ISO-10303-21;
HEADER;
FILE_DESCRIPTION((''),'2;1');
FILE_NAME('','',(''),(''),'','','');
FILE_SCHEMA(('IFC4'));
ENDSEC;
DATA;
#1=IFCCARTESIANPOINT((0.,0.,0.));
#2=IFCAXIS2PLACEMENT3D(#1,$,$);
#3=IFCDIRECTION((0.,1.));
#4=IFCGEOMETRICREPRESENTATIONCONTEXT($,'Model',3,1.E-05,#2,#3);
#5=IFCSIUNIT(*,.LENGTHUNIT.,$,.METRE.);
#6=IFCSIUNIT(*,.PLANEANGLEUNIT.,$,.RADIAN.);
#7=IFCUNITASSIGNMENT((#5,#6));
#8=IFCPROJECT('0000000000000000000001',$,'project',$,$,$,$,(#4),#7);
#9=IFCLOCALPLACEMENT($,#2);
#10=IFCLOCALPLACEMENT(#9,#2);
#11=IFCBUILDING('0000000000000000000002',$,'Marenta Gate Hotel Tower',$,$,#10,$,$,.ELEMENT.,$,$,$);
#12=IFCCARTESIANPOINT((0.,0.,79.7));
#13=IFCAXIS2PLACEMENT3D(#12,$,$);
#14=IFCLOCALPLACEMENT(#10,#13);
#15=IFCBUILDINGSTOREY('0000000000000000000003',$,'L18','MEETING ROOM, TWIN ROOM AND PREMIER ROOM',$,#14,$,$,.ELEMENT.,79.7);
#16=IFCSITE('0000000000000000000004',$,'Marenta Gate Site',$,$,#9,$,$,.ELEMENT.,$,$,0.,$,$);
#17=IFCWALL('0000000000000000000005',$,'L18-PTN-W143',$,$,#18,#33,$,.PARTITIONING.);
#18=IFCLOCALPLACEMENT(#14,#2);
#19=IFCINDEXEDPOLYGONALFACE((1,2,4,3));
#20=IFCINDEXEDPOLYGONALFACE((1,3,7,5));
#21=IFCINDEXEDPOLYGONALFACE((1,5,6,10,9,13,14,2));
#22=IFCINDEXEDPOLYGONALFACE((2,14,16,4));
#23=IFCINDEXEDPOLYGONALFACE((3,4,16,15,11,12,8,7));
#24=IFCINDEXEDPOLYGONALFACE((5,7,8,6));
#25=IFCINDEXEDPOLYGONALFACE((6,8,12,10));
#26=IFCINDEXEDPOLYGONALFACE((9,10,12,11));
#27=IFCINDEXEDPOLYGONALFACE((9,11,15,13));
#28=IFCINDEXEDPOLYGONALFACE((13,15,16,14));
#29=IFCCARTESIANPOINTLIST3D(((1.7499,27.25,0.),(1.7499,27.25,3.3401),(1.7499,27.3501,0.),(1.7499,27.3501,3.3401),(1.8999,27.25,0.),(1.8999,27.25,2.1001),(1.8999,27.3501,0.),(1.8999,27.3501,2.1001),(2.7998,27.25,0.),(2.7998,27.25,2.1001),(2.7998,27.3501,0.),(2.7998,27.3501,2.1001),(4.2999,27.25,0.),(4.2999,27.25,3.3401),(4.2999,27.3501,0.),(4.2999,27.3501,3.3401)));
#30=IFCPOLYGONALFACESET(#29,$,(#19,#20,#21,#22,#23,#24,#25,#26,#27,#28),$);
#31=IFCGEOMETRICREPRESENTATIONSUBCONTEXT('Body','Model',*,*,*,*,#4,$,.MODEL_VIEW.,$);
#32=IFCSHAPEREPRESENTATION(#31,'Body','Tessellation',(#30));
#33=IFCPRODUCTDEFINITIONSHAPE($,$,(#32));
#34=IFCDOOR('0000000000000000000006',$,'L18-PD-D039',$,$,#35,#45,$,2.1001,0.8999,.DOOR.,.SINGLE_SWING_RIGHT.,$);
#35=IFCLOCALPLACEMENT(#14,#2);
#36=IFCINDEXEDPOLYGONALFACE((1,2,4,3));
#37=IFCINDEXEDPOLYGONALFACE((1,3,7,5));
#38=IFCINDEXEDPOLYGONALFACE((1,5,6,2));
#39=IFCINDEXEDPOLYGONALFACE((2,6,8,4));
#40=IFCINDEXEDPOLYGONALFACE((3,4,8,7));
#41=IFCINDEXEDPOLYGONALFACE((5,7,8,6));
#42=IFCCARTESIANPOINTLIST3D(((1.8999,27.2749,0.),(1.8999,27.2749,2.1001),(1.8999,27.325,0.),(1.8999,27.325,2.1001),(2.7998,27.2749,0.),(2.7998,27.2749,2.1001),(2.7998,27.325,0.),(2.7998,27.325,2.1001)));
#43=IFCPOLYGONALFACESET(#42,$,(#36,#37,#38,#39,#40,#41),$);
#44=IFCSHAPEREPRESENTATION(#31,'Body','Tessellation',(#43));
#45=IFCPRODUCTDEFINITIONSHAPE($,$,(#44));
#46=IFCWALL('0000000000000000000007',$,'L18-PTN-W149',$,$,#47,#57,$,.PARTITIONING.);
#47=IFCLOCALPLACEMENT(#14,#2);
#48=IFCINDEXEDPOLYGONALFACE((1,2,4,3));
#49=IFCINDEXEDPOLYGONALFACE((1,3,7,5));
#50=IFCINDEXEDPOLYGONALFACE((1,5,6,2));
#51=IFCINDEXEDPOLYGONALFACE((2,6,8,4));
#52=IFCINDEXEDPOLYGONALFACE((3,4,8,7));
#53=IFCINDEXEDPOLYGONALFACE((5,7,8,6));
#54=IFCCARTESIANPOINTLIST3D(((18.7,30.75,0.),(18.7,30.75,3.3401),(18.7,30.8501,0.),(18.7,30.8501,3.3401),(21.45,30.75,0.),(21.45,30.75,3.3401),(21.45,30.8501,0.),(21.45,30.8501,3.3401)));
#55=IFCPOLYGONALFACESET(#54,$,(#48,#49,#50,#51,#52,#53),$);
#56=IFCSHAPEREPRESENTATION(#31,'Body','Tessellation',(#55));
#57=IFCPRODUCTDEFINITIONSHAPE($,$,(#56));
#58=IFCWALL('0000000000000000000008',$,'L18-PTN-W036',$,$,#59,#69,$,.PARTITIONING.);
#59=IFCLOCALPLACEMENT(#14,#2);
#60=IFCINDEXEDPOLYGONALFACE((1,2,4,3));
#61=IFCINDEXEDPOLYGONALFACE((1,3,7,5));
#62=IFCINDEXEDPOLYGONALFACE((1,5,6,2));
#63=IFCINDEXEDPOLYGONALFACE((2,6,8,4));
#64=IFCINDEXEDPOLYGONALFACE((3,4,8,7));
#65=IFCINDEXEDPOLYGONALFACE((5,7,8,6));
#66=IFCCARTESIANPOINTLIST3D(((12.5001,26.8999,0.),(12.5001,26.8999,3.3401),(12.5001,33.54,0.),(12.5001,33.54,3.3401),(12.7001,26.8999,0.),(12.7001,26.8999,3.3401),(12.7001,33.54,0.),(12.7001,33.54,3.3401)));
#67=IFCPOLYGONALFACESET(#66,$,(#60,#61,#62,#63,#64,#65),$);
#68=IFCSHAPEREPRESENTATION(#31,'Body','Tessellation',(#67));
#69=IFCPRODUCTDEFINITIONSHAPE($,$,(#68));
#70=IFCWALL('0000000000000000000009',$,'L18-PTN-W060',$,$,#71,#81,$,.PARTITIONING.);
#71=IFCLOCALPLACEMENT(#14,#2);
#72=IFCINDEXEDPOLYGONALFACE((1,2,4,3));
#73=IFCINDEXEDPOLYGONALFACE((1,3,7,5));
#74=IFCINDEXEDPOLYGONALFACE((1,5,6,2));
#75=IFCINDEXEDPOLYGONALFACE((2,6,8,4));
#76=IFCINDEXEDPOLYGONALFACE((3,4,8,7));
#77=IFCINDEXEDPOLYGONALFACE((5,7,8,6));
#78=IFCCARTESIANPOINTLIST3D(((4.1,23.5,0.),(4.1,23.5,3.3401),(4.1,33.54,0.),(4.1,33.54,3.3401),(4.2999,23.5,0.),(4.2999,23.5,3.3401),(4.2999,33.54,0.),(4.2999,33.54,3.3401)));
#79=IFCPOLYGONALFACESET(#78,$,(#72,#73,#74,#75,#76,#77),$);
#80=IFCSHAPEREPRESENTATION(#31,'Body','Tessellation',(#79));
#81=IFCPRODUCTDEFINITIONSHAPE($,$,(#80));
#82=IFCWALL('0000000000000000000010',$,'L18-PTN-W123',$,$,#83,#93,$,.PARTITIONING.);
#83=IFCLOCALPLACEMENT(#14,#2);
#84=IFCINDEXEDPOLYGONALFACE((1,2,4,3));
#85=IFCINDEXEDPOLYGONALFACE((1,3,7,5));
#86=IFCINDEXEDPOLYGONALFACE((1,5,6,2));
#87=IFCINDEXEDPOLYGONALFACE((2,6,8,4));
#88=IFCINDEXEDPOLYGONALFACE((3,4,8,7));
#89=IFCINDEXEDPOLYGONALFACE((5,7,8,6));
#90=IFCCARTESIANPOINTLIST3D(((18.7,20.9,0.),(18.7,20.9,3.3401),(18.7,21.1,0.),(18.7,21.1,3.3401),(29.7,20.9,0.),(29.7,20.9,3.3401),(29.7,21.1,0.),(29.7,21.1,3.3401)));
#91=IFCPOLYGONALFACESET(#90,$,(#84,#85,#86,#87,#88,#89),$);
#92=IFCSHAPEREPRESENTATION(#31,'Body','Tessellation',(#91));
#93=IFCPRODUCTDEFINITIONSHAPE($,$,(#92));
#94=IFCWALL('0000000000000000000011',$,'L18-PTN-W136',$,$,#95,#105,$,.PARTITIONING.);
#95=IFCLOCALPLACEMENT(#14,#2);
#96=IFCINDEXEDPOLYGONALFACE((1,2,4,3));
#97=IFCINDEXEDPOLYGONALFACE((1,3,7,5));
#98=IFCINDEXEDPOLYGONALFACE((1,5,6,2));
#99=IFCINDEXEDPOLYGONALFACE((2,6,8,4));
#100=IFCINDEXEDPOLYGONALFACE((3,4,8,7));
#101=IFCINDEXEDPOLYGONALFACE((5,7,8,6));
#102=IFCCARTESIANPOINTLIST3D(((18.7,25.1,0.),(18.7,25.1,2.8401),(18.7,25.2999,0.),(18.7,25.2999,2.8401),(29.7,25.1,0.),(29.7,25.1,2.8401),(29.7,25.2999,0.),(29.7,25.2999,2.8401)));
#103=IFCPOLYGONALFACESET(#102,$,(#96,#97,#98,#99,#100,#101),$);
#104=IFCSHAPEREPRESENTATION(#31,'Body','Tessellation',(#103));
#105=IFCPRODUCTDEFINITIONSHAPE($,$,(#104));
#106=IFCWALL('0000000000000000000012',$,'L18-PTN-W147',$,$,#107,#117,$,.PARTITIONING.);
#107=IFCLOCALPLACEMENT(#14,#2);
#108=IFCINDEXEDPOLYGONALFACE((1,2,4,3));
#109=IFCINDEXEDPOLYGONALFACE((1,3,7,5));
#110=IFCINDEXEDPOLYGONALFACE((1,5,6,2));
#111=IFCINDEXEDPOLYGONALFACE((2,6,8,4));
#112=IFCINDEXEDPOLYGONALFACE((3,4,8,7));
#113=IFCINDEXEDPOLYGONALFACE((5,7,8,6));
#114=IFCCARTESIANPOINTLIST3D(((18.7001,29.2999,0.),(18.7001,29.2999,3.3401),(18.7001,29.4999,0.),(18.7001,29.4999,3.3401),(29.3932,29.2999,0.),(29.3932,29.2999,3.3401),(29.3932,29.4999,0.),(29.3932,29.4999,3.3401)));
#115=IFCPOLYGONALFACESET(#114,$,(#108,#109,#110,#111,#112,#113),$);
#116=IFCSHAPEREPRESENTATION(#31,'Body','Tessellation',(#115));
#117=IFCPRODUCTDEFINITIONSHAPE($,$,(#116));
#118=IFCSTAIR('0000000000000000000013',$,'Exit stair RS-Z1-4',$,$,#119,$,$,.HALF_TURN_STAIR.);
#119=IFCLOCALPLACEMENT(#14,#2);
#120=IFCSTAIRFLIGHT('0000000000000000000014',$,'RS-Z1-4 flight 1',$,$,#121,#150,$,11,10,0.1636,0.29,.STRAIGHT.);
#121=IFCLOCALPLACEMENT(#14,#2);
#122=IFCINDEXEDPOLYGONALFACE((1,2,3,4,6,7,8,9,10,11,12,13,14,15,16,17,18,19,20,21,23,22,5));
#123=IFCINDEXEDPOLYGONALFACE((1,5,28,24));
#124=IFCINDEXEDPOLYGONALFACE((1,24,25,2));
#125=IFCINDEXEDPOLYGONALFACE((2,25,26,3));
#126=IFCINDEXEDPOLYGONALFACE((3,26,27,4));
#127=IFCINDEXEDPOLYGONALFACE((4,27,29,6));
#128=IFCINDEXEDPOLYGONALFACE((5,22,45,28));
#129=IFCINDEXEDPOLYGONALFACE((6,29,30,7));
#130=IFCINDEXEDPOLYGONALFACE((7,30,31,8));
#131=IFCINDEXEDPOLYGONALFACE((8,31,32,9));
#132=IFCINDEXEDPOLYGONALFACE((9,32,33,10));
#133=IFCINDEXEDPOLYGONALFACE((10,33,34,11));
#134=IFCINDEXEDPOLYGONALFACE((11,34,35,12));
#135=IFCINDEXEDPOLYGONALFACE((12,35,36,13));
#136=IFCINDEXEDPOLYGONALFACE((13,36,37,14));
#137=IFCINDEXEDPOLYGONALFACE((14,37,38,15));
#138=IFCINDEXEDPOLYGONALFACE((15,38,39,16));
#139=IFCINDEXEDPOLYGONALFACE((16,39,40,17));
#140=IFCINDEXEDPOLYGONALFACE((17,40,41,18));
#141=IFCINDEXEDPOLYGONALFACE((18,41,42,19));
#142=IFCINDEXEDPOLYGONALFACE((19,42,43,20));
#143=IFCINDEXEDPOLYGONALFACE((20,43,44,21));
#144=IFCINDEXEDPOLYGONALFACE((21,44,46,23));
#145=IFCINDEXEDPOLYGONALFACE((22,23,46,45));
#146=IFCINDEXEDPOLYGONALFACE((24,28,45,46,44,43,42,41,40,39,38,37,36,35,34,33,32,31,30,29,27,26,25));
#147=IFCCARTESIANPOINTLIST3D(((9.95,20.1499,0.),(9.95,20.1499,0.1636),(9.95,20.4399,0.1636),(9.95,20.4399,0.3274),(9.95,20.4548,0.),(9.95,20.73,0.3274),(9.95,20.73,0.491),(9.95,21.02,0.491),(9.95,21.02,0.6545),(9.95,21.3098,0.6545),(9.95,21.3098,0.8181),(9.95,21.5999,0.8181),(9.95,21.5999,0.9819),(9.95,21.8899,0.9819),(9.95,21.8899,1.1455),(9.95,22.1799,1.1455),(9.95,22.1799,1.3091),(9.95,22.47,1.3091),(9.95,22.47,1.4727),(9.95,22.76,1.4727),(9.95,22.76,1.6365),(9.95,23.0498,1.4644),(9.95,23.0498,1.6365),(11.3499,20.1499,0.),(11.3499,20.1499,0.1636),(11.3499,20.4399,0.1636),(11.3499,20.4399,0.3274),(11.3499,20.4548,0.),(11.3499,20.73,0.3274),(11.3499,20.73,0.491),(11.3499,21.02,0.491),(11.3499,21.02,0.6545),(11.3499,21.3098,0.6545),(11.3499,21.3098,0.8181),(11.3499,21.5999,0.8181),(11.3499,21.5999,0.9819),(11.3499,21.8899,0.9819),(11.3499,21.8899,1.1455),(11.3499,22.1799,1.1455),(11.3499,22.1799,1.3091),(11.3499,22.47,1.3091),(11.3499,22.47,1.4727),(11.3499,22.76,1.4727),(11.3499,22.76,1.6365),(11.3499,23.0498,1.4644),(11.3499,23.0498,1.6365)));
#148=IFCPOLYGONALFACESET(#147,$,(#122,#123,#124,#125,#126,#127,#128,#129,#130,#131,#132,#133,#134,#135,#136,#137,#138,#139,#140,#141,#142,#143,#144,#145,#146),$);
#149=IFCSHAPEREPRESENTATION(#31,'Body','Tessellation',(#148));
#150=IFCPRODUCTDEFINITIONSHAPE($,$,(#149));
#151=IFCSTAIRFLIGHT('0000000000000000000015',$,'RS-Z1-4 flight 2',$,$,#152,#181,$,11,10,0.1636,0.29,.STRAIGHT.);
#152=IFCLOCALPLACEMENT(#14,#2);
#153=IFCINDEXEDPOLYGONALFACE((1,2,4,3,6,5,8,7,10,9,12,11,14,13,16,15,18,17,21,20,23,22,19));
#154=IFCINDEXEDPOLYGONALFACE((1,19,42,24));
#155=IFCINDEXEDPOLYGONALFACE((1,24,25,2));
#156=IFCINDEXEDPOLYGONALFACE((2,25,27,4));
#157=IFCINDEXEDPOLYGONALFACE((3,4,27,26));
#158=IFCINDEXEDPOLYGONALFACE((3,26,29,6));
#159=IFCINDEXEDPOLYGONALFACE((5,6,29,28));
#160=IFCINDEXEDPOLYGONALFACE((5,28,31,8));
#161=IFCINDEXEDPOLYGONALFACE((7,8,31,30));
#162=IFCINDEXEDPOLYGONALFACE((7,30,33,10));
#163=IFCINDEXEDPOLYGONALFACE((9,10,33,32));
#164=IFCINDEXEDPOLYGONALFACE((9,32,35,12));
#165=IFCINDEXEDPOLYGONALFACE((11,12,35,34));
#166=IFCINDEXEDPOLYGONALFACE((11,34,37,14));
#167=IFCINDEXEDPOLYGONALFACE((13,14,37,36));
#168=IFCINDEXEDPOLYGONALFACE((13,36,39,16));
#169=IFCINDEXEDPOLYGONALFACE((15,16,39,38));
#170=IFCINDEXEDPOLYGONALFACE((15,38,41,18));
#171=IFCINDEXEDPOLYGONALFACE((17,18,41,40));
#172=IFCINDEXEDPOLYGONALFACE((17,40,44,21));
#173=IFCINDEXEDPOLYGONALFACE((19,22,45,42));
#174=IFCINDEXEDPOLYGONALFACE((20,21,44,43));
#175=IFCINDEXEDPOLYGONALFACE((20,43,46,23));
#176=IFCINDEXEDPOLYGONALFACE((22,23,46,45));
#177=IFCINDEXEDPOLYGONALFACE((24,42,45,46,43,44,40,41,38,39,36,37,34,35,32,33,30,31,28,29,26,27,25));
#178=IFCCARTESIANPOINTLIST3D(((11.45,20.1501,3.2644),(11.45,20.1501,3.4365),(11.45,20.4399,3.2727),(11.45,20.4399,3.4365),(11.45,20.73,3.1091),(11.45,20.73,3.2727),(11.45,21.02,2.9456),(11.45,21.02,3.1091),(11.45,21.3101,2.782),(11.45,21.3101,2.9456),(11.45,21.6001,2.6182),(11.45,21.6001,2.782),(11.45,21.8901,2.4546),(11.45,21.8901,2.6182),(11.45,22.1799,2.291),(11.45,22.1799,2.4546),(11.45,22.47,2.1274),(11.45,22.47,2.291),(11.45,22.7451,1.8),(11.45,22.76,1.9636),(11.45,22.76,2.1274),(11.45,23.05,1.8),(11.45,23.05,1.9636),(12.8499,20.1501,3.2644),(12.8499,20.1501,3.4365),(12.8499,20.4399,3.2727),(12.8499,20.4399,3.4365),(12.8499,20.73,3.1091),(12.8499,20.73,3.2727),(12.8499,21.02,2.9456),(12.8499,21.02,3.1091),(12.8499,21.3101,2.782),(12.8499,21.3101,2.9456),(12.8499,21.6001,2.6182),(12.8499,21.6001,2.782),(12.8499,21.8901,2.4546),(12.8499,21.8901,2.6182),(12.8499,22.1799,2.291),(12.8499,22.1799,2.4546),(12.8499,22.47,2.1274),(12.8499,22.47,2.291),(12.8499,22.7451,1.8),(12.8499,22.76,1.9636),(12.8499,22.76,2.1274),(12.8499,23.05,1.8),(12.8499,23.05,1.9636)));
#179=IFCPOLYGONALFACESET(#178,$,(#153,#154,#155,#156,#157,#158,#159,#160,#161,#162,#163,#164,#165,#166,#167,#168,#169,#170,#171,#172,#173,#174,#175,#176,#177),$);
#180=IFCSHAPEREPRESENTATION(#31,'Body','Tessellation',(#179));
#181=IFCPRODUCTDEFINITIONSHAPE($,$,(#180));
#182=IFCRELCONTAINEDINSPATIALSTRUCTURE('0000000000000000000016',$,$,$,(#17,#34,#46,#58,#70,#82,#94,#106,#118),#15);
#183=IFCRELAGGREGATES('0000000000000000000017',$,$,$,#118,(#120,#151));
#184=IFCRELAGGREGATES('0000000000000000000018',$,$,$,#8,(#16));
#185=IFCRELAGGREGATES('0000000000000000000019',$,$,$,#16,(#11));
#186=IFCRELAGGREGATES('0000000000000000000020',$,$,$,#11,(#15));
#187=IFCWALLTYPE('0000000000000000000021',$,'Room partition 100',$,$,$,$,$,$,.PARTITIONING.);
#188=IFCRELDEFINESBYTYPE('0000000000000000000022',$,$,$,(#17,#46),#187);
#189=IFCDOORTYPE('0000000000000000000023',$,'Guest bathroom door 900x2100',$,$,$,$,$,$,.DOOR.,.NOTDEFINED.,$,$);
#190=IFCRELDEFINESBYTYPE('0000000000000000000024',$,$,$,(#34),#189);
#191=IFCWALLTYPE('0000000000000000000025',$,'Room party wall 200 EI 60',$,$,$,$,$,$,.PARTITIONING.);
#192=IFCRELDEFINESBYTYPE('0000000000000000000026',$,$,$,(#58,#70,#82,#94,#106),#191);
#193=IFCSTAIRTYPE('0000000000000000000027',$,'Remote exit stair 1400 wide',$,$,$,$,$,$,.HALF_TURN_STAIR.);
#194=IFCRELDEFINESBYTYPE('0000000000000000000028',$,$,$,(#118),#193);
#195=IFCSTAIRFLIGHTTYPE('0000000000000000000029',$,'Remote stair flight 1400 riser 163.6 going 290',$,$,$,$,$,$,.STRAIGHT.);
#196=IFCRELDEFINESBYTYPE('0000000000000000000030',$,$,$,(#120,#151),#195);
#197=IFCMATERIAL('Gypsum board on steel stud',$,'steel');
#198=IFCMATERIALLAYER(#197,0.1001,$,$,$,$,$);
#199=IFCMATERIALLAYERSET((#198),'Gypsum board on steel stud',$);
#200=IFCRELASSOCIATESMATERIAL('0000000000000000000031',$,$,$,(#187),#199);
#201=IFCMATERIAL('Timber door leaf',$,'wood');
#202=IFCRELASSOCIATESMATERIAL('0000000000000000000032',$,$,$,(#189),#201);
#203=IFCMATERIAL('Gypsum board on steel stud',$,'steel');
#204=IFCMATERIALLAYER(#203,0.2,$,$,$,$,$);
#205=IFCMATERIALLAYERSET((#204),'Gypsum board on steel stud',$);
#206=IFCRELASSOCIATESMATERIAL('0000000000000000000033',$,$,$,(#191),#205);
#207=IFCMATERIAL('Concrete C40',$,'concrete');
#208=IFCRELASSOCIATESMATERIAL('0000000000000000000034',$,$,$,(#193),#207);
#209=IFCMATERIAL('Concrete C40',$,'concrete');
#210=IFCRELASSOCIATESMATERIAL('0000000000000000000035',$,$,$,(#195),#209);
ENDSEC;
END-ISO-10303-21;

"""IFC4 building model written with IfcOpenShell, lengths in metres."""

from ifc_helpers import new_model, si_unit, direction, frame, frame_2d, origin, place, context, subcontext, project, spatial, polyline, rectangle, outline, extrude, material, layer, layer_set, type_object, element, fill, aggregate, save


model = new_model("IFC4")

# Units and contexts
model_context = context("Model", 3, precision=1e-05, world=origin(), true_north=direction((0.0, 1.0)))
body_context = subcontext(model_context, "Body", "Model", "MODEL_VIEW")
ifc_project = project(units=[si_unit("LENGTHUNIT", "METRE"), si_unit("PLANEANGLEUNIT", "RADIAN")], contexts=[model_context])

# Site, building, storey
site_placement = place(None, origin())
site = spatial("IfcSite", under=ifc_project, at=site_placement, Name="Marenta Gate Site", CompositionType="ELEMENT", RefElevation=0.0)
building_placement = place(site_placement, origin())
building = spatial("IfcBuilding", under=site, at=building_placement, Name="Marenta Gate Hotel Tower", CompositionType="ELEMENT")
storey_placement = place(building_placement, frame((0.0, 0.0, 79.7)))
storey = spatial("IfcBuildingStorey", under=building, at=storey_placement, Name="L18", Description="MEETING ROOM, TWIN ROOM AND PREMIER ROOM", CompositionType="ELEMENT", Elevation=79.7)

# Shared definitions
ifc_material_1 = material(Name="Gypsum board on steel stud", Category="steel")
ifc_layer_1 = layer(ifc_material_1, 0.1001)
ifc_layer_set_1 = layer_set([ifc_layer_1], Name="Gypsum board on steel stud")
wall_type_1 = type_object("IfcWallType", Name="Room partition 100", PredefinedType="PARTITIONING", material=ifc_layer_set_1)

# Wall, opening, door
wall_1_placement = place(storey_placement, frame((1.75, 27.3, 0.0), z_axis=(0.0, 0.0, 1.0), x_axis=(1.0, 0.0, 0.0)))
wall_1 = element("IfcWall", 1, at=wall_1_placement, inside=storey, type_object=wall_type_1, Name="L18-PTN-W143", PredefinedType="PARTITIONING", context=body_context, shape_type="SweptSolid", body=[
    extrude(rectangle(XDim=2.55, YDim=0.1001, at=frame_2d((1.2749, 0.0))), origin(), (0.0, 0.0, 1.0), 3.3401),
])
opening_1_placement = place(wall_1_placement, frame((0.1499, 0.0, 0.0)))
opening_1 = element("IfcOpeningElement", 2, at=opening_1_placement, cuts=wall_1, PredefinedType="OPENING", context=body_context, shape_type="SweptSolid", body=[
    extrude(rectangle(XDim=0.8999, YDim=2.1001, at=frame_2d((0.45, 1.05))), frame((0.0, 0.05, 0.0), z_axis=(0.0, -1.0, 0.0), x_axis=(1.0, 0.0, 0.0)), (0.0, 0.0, 1.0), 0.1001),
])
ifc_material_2 = material(Name="Timber door leaf", Category="wood")
door_type_1 = type_object("IfcDoorType", Name="Guest bathroom door 900x2100", OperationType="NOTDEFINED", PredefinedType="DOOR", material=ifc_material_2)
door_1_placement = place(opening_1_placement, origin())
door_1 = element("IfcDoor", 3, at=door_1_placement, inside=storey, type_object=door_type_1, Name="L18-PD-D039", OperationType="SINGLE_SWING_RIGHT", OverallHeight=2.1001, OverallWidth=0.8999, PredefinedType="DOOR", context=body_context, shape_type="SweptSolid", body=[
    extrude(rectangle(XDim=0.8999, YDim=2.1001, at=frame_2d((0.45, 1.05))), frame((0.0, 0.0249, 0.0), z_axis=(0.0, -1.0, 0.0), x_axis=(1.0, 0.0, 0.0)), (0.0, 0.0, 1.0), 0.05),
])
fill(opening_1, door_1)

# Walls
wall_2_placement = place(storey_placement, frame((18.7, 30.8, 0.0), z_axis=(0.0, 0.0, 1.0), x_axis=(1.0, 0.0, 0.0)))
element("IfcWall", 4, at=wall_2_placement, inside=storey, type_object=wall_type_1, Name="L18-PTN-W149", PredefinedType="PARTITIONING", context=body_context, shape_type="SweptSolid", body=[
    extrude(rectangle(XDim=2.75, YDim=0.1001, at=frame_2d((1.375, 0.0))), origin(), (0.0, 0.0, 1.0), 3.3401),
])
ifc_material_3 = material(Name="Gypsum board on steel stud", Category="steel")
ifc_layer_2 = layer(ifc_material_3, 0.2)
ifc_layer_set_2 = layer_set([ifc_layer_2], Name="Gypsum board on steel stud")
wall_type_2 = type_object("IfcWallType", Name="Room party wall 200 EI 60", PredefinedType="PARTITIONING", material=ifc_layer_set_2)
wall_3_placement = place(storey_placement, frame((12.6001, 26.8999, 0.0), z_axis=(0.0, 0.0, 1.0), x_axis=(0.0, 1.0, 0.0)))
element("IfcWall", 5, at=wall_3_placement, inside=storey, type_object=wall_type_2, Name="L18-PTN-W036", PredefinedType="PARTITIONING", context=body_context, shape_type="SweptSolid", body=[
    extrude(rectangle(XDim=6.6401, YDim=0.2, at=frame_2d((3.3201, 0.0))), origin(), (0.0, 0.0, 1.0), 3.3401),
])
wall_4_placement = place(storey_placement, frame((4.2, 23.5, 0.0), z_axis=(0.0, 0.0, 1.0), x_axis=(0.0, 1.0, 0.0)))
element("IfcWall", 6, at=wall_4_placement, inside=storey, type_object=wall_type_2, Name="L18-PTN-W060", PredefinedType="PARTITIONING", context=body_context, shape_type="SweptSolid", body=[
    extrude(rectangle(XDim=10.04, YDim=0.2, at=frame_2d((5.02, 0.0))), origin(), (0.0, 0.0, 1.0), 3.3401),
])
wall_5_placement = place(storey_placement, frame((18.7, 21.0, 0.0), z_axis=(0.0, 0.0, 1.0), x_axis=(1.0, 0.0, 0.0)))
element("IfcWall", 7, at=wall_5_placement, inside=storey, type_object=wall_type_2, Name="L18-PTN-W123", PredefinedType="PARTITIONING", context=body_context, shape_type="SweptSolid", body=[
    extrude(rectangle(XDim=11.0, YDim=0.2, at=frame_2d((5.5, 0.0))), origin(), (0.0, 0.0, 1.0), 3.3401),
])
wall_6_placement = place(storey_placement, frame((18.7, 25.2, 0.0), z_axis=(0.0, 0.0, 1.0), x_axis=(1.0, 0.0, 0.0)))
element("IfcWall", 8, at=wall_6_placement, inside=storey, type_object=wall_type_2, Name="L18-PTN-W136", PredefinedType="PARTITIONING", context=body_context, shape_type="SweptSolid", body=[
    extrude(rectangle(XDim=11.0, YDim=0.2, at=frame_2d((5.5, 0.0))), origin(), (0.0, 0.0, 1.0), 2.8401),
])
wall_7_placement = place(storey_placement, frame((18.7, 29.3999, 0.0), z_axis=(0.0, 0.0, 1.0), x_axis=(1.0, 0.0, 0.0)))
element("IfcWall", 9, at=wall_7_placement, inside=storey, type_object=wall_type_2, Name="L18-PTN-W147", PredefinedType="PARTITIONING", context=body_context, shape_type="SweptSolid", body=[
    extrude(rectangle(XDim=10.6931, YDim=0.2, at=frame_2d((5.3467, 0.0))), origin(), (0.0, 0.0, 1.0), 3.3401),
])

# Stair, stair flights
ifc_material_4 = material(Name="Concrete C40", Category="concrete")
stair_type = type_object("IfcStairType", Name="Remote exit stair 1400 wide", PredefinedType="HALF_TURN_STAIR", material=ifc_material_4)
stair_placement = place(storey_placement, origin())
stair = element("IfcStair", 10, at=stair_placement, inside=storey, type_object=stair_type, Name="Exit stair RS-Z1-4", PredefinedType="HALF_TURN_STAIR")
ifc_material_5 = material(Name="Concrete C40", Category="concrete")
stair_flight_type = type_object("IfcStairFlightType", Name="Remote stair flight 1400 riser 163.6 going 290", PredefinedType="STRAIGHT", material=ifc_material_5)
stair_flight_1_placement = place(storey_placement, frame((10.6499, 20.1499, 0.0), z_axis=(0.0, 0.0, 1.0), x_axis=(0.0, 1.0, 0.0)))
stair_flight_1 = element("IfcStairFlight", 11, at=stair_flight_1_placement, type_object=stair_flight_type, Name="RS-Z1-4 flight 1", NumberOfRisers=11, NumberOfTreads=10, PredefinedType="STRAIGHT", RiserHeight=0.1636, TreadLength=0.29, context=body_context, shape_type="SweptSolid", body=[
    extrude(outline(polyline([(0.0, 0.0), (0.0, 0.1636), (0.29, 0.1636), (0.29, 0.3274), (0.5801, 0.3274), (0.5801, 0.491), (0.8701, 0.491), (0.8701, 0.6545), (1.1599, 0.6545), (1.1599, 0.8181), (1.45, 0.8181), (1.45, 0.9819), (1.74, 0.9819), (1.74, 1.1455), (2.03, 1.1455), (2.03, 1.3091), (2.3201, 1.3091), (2.3201, 1.4727), (2.6101, 1.4727), (2.6101, 1.6365), (2.8999, 1.6365), (2.8999, 1.8), (2.8999, 1.4644), (0.3049, 0.0), (0.0, 0.0)])), frame((0.0, 0.7, 0.0), z_axis=(0.0, -1.0, 0.0), x_axis=(1.0, 0.0, 0.0)), (0.0, 0.0, 1.0), 1.3999),
])
stair_flight_2_placement = place(storey_placement, frame((12.1499, 23.05, 1.8), z_axis=(0.0, 0.0, 1.0), x_axis=(0.0, -1.0, 0.0)))
stair_flight_2 = element("IfcStairFlight", 12, at=stair_flight_2_placement, type_object=stair_flight_type, Name="RS-Z1-4 flight 2", NumberOfRisers=11, NumberOfTreads=10, PredefinedType="STRAIGHT", RiserHeight=0.1636, TreadLength=0.29, context=body_context, shape_type="SweptSolid", body=[
    extrude(outline(polyline([(0.0, 0.0), (0.0, 0.1636), (0.29, 0.1636), (0.29, 0.3274), (0.5801, 0.3274), (0.5801, 0.491), (0.8701, 0.491), (0.8701, 0.6545), (1.1599, 0.6545), (1.1599, 0.8181), (1.45, 0.8181), (1.45, 0.9819), (1.74, 0.9819), (1.74, 1.1455), (2.03, 1.1455), (2.03, 1.3091), (2.3201, 1.3091), (2.3201, 1.4727), (2.6101, 1.4727), (2.6101, 1.6365), (2.8999, 1.6365), (2.8999, 1.8), (2.8999, 1.4644), (0.3049, 0.0), (0.0, 0.0)])), frame((0.0, 0.7, 0.0), z_axis=(0.0, -1.0, 0.0), x_axis=(1.0, 0.0, 0.0)), (0.0, 0.0, 1.0), 1.3999),
])
aggregate(stair, [stair_flight_1, stair_flight_2])

save(model, "model.ifc")
